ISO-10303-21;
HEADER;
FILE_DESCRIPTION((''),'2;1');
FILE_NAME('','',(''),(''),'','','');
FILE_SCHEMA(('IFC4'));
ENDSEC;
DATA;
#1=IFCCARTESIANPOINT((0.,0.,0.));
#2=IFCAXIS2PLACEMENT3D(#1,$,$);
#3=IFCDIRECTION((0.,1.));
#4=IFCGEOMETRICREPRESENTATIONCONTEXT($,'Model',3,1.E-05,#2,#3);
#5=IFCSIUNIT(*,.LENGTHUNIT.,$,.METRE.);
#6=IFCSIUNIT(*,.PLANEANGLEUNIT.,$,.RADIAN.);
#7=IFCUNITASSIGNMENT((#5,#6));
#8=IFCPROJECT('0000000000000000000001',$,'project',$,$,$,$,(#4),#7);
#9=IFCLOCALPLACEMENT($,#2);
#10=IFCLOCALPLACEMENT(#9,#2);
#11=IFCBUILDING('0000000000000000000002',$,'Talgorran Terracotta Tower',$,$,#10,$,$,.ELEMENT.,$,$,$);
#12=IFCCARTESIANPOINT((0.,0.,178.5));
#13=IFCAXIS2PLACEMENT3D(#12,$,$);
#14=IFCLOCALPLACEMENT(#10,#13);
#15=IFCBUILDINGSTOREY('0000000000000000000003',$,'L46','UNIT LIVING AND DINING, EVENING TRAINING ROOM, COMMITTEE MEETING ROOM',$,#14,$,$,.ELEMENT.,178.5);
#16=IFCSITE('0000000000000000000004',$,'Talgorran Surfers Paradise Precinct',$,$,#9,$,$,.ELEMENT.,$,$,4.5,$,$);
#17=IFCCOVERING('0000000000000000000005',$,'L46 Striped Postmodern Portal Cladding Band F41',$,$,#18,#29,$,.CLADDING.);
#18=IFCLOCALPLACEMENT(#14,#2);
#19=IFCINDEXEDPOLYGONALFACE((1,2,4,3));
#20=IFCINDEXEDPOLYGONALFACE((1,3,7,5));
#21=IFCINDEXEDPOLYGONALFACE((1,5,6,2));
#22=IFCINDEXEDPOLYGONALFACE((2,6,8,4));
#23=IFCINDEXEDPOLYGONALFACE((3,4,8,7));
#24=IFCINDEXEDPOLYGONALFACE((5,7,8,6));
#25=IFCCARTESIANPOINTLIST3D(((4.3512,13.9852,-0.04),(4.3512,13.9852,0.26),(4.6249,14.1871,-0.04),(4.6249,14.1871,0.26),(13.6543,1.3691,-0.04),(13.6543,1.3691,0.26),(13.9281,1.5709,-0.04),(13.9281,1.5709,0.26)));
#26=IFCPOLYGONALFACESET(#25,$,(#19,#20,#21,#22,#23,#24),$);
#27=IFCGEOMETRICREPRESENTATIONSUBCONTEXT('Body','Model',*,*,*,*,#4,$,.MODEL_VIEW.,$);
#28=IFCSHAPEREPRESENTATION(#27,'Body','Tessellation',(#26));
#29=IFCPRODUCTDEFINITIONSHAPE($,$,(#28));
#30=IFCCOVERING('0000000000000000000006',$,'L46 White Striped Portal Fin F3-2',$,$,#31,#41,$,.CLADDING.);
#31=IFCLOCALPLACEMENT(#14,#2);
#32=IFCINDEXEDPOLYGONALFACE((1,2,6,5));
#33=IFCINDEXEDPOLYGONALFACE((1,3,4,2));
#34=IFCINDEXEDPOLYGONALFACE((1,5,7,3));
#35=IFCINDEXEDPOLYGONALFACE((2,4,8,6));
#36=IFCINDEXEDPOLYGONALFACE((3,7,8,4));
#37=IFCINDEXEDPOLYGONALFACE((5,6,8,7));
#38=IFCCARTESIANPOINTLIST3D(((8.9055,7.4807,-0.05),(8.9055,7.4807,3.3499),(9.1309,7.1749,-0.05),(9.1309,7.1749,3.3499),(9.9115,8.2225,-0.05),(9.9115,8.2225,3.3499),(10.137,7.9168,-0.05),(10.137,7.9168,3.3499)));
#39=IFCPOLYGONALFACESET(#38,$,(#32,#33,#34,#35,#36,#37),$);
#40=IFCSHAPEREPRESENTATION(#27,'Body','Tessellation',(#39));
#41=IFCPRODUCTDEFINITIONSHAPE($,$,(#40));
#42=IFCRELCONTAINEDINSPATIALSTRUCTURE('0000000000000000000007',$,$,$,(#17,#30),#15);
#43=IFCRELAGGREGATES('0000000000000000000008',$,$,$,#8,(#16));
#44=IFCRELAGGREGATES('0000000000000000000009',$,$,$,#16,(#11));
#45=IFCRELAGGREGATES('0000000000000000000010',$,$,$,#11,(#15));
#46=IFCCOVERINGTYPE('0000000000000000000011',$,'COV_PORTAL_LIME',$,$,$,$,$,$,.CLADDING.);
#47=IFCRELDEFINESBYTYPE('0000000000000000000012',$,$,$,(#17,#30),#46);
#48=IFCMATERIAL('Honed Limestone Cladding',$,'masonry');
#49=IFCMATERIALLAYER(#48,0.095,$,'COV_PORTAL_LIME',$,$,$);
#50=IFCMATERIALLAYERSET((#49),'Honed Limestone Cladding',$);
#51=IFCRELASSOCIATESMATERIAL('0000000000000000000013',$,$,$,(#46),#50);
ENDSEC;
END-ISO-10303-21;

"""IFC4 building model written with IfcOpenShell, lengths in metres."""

from ifc_helpers import new_model, si_unit, direction, frame, origin, origin_2d, place, context, subcontext, project, spatial, rectangle, extrude, material, layer, layer_set, type_object, element, save


model = new_model("IFC4")

# Units and contexts
model_context = context("Model", 3, precision=1e-05, world=origin(), true_north=direction((0.0, 1.0)))
body_context = subcontext(model_context, "Body", "Model", "MODEL_VIEW")
ifc_project = project(units=[si_unit("LENGTHUNIT", "METRE"), si_unit("PLANEANGLEUNIT", "RADIAN")], contexts=[model_context])

# Site, building, storey
site_placement = place(None, origin())
site = spatial("IfcSite", under=ifc_project, at=site_placement, Name="Talgorran Surfers Paradise Precinct", CompositionType="ELEMENT", RefElevation=4.5)
building_placement = place(site_placement, origin())
building = spatial("IfcBuilding", under=site, at=building_placement, Name="Talgorran Terracotta Tower", CompositionType="ELEMENT")
storey_placement = place(building_placement, frame((0.0, 0.0, 178.5)))
storey = spatial("IfcBuildingStorey", under=building, at=storey_placement, Name="L46", Description="UNIT LIVING AND DINING, EVENING TRAINING ROOM, COMMITTEE MEETING ROOM", CompositionType="ELEMENT", Elevation=178.5)

# Coverings
ifc_material_1 = material(Name="Honed Limestone Cladding", Category="masonry")
ifc_layer_1 = layer(ifc_material_1, 0.095, Name="COV_PORTAL_LIME")
ifc_layer_set_1 = layer_set([ifc_layer_1], Name="Honed Limestone Cladding")
covering_type_1 = type_object("IfcCoveringType", Name="COV_PORTAL_LIME", PredefinedType="CLADDING", material=ifc_layer_set_1)
covering_1_placement = place(storey_placement, frame((9.1396, 7.7781, -0.04), z_axis=(0.0, 0.0, 1.0), x_axis=(-0.593489, 0.804842, 0.0)))
element("IfcCovering", 1, at=covering_1_placement, inside=storey, type_object=covering_type_1, Name="L46 Striped Postmodern Portal Cladding Band F41", PredefinedType="CLADDING", context=body_context, shape_type="SweptSolid", body=[
    extrude(rectangle(XDim=15.6753, YDim=0.3401, at=origin_2d()), origin(), (0.0, 0.0, 1.0), 0.3),
])
covering_2_placement = place(storey_placement, frame((9.5212, 7.6987, -0.05), z_axis=(0.0, 0.0, 1.0), x_axis=(-0.593489, 0.804842, 0.0)))
element("IfcCovering", 2, at=covering_2_placement, inside=storey, type_object=covering_type_1, Name="L46 White Striped Portal Fin F3-2", PredefinedType="CLADDING", context=body_context, shape_type="SweptSolid", body=[
    extrude(rectangle(XDim=0.3799, YDim=1.25, at=origin_2d()), origin(), (0.0, 0.0, 1.0), 3.3999),
])

save(model, "model.ifc")
